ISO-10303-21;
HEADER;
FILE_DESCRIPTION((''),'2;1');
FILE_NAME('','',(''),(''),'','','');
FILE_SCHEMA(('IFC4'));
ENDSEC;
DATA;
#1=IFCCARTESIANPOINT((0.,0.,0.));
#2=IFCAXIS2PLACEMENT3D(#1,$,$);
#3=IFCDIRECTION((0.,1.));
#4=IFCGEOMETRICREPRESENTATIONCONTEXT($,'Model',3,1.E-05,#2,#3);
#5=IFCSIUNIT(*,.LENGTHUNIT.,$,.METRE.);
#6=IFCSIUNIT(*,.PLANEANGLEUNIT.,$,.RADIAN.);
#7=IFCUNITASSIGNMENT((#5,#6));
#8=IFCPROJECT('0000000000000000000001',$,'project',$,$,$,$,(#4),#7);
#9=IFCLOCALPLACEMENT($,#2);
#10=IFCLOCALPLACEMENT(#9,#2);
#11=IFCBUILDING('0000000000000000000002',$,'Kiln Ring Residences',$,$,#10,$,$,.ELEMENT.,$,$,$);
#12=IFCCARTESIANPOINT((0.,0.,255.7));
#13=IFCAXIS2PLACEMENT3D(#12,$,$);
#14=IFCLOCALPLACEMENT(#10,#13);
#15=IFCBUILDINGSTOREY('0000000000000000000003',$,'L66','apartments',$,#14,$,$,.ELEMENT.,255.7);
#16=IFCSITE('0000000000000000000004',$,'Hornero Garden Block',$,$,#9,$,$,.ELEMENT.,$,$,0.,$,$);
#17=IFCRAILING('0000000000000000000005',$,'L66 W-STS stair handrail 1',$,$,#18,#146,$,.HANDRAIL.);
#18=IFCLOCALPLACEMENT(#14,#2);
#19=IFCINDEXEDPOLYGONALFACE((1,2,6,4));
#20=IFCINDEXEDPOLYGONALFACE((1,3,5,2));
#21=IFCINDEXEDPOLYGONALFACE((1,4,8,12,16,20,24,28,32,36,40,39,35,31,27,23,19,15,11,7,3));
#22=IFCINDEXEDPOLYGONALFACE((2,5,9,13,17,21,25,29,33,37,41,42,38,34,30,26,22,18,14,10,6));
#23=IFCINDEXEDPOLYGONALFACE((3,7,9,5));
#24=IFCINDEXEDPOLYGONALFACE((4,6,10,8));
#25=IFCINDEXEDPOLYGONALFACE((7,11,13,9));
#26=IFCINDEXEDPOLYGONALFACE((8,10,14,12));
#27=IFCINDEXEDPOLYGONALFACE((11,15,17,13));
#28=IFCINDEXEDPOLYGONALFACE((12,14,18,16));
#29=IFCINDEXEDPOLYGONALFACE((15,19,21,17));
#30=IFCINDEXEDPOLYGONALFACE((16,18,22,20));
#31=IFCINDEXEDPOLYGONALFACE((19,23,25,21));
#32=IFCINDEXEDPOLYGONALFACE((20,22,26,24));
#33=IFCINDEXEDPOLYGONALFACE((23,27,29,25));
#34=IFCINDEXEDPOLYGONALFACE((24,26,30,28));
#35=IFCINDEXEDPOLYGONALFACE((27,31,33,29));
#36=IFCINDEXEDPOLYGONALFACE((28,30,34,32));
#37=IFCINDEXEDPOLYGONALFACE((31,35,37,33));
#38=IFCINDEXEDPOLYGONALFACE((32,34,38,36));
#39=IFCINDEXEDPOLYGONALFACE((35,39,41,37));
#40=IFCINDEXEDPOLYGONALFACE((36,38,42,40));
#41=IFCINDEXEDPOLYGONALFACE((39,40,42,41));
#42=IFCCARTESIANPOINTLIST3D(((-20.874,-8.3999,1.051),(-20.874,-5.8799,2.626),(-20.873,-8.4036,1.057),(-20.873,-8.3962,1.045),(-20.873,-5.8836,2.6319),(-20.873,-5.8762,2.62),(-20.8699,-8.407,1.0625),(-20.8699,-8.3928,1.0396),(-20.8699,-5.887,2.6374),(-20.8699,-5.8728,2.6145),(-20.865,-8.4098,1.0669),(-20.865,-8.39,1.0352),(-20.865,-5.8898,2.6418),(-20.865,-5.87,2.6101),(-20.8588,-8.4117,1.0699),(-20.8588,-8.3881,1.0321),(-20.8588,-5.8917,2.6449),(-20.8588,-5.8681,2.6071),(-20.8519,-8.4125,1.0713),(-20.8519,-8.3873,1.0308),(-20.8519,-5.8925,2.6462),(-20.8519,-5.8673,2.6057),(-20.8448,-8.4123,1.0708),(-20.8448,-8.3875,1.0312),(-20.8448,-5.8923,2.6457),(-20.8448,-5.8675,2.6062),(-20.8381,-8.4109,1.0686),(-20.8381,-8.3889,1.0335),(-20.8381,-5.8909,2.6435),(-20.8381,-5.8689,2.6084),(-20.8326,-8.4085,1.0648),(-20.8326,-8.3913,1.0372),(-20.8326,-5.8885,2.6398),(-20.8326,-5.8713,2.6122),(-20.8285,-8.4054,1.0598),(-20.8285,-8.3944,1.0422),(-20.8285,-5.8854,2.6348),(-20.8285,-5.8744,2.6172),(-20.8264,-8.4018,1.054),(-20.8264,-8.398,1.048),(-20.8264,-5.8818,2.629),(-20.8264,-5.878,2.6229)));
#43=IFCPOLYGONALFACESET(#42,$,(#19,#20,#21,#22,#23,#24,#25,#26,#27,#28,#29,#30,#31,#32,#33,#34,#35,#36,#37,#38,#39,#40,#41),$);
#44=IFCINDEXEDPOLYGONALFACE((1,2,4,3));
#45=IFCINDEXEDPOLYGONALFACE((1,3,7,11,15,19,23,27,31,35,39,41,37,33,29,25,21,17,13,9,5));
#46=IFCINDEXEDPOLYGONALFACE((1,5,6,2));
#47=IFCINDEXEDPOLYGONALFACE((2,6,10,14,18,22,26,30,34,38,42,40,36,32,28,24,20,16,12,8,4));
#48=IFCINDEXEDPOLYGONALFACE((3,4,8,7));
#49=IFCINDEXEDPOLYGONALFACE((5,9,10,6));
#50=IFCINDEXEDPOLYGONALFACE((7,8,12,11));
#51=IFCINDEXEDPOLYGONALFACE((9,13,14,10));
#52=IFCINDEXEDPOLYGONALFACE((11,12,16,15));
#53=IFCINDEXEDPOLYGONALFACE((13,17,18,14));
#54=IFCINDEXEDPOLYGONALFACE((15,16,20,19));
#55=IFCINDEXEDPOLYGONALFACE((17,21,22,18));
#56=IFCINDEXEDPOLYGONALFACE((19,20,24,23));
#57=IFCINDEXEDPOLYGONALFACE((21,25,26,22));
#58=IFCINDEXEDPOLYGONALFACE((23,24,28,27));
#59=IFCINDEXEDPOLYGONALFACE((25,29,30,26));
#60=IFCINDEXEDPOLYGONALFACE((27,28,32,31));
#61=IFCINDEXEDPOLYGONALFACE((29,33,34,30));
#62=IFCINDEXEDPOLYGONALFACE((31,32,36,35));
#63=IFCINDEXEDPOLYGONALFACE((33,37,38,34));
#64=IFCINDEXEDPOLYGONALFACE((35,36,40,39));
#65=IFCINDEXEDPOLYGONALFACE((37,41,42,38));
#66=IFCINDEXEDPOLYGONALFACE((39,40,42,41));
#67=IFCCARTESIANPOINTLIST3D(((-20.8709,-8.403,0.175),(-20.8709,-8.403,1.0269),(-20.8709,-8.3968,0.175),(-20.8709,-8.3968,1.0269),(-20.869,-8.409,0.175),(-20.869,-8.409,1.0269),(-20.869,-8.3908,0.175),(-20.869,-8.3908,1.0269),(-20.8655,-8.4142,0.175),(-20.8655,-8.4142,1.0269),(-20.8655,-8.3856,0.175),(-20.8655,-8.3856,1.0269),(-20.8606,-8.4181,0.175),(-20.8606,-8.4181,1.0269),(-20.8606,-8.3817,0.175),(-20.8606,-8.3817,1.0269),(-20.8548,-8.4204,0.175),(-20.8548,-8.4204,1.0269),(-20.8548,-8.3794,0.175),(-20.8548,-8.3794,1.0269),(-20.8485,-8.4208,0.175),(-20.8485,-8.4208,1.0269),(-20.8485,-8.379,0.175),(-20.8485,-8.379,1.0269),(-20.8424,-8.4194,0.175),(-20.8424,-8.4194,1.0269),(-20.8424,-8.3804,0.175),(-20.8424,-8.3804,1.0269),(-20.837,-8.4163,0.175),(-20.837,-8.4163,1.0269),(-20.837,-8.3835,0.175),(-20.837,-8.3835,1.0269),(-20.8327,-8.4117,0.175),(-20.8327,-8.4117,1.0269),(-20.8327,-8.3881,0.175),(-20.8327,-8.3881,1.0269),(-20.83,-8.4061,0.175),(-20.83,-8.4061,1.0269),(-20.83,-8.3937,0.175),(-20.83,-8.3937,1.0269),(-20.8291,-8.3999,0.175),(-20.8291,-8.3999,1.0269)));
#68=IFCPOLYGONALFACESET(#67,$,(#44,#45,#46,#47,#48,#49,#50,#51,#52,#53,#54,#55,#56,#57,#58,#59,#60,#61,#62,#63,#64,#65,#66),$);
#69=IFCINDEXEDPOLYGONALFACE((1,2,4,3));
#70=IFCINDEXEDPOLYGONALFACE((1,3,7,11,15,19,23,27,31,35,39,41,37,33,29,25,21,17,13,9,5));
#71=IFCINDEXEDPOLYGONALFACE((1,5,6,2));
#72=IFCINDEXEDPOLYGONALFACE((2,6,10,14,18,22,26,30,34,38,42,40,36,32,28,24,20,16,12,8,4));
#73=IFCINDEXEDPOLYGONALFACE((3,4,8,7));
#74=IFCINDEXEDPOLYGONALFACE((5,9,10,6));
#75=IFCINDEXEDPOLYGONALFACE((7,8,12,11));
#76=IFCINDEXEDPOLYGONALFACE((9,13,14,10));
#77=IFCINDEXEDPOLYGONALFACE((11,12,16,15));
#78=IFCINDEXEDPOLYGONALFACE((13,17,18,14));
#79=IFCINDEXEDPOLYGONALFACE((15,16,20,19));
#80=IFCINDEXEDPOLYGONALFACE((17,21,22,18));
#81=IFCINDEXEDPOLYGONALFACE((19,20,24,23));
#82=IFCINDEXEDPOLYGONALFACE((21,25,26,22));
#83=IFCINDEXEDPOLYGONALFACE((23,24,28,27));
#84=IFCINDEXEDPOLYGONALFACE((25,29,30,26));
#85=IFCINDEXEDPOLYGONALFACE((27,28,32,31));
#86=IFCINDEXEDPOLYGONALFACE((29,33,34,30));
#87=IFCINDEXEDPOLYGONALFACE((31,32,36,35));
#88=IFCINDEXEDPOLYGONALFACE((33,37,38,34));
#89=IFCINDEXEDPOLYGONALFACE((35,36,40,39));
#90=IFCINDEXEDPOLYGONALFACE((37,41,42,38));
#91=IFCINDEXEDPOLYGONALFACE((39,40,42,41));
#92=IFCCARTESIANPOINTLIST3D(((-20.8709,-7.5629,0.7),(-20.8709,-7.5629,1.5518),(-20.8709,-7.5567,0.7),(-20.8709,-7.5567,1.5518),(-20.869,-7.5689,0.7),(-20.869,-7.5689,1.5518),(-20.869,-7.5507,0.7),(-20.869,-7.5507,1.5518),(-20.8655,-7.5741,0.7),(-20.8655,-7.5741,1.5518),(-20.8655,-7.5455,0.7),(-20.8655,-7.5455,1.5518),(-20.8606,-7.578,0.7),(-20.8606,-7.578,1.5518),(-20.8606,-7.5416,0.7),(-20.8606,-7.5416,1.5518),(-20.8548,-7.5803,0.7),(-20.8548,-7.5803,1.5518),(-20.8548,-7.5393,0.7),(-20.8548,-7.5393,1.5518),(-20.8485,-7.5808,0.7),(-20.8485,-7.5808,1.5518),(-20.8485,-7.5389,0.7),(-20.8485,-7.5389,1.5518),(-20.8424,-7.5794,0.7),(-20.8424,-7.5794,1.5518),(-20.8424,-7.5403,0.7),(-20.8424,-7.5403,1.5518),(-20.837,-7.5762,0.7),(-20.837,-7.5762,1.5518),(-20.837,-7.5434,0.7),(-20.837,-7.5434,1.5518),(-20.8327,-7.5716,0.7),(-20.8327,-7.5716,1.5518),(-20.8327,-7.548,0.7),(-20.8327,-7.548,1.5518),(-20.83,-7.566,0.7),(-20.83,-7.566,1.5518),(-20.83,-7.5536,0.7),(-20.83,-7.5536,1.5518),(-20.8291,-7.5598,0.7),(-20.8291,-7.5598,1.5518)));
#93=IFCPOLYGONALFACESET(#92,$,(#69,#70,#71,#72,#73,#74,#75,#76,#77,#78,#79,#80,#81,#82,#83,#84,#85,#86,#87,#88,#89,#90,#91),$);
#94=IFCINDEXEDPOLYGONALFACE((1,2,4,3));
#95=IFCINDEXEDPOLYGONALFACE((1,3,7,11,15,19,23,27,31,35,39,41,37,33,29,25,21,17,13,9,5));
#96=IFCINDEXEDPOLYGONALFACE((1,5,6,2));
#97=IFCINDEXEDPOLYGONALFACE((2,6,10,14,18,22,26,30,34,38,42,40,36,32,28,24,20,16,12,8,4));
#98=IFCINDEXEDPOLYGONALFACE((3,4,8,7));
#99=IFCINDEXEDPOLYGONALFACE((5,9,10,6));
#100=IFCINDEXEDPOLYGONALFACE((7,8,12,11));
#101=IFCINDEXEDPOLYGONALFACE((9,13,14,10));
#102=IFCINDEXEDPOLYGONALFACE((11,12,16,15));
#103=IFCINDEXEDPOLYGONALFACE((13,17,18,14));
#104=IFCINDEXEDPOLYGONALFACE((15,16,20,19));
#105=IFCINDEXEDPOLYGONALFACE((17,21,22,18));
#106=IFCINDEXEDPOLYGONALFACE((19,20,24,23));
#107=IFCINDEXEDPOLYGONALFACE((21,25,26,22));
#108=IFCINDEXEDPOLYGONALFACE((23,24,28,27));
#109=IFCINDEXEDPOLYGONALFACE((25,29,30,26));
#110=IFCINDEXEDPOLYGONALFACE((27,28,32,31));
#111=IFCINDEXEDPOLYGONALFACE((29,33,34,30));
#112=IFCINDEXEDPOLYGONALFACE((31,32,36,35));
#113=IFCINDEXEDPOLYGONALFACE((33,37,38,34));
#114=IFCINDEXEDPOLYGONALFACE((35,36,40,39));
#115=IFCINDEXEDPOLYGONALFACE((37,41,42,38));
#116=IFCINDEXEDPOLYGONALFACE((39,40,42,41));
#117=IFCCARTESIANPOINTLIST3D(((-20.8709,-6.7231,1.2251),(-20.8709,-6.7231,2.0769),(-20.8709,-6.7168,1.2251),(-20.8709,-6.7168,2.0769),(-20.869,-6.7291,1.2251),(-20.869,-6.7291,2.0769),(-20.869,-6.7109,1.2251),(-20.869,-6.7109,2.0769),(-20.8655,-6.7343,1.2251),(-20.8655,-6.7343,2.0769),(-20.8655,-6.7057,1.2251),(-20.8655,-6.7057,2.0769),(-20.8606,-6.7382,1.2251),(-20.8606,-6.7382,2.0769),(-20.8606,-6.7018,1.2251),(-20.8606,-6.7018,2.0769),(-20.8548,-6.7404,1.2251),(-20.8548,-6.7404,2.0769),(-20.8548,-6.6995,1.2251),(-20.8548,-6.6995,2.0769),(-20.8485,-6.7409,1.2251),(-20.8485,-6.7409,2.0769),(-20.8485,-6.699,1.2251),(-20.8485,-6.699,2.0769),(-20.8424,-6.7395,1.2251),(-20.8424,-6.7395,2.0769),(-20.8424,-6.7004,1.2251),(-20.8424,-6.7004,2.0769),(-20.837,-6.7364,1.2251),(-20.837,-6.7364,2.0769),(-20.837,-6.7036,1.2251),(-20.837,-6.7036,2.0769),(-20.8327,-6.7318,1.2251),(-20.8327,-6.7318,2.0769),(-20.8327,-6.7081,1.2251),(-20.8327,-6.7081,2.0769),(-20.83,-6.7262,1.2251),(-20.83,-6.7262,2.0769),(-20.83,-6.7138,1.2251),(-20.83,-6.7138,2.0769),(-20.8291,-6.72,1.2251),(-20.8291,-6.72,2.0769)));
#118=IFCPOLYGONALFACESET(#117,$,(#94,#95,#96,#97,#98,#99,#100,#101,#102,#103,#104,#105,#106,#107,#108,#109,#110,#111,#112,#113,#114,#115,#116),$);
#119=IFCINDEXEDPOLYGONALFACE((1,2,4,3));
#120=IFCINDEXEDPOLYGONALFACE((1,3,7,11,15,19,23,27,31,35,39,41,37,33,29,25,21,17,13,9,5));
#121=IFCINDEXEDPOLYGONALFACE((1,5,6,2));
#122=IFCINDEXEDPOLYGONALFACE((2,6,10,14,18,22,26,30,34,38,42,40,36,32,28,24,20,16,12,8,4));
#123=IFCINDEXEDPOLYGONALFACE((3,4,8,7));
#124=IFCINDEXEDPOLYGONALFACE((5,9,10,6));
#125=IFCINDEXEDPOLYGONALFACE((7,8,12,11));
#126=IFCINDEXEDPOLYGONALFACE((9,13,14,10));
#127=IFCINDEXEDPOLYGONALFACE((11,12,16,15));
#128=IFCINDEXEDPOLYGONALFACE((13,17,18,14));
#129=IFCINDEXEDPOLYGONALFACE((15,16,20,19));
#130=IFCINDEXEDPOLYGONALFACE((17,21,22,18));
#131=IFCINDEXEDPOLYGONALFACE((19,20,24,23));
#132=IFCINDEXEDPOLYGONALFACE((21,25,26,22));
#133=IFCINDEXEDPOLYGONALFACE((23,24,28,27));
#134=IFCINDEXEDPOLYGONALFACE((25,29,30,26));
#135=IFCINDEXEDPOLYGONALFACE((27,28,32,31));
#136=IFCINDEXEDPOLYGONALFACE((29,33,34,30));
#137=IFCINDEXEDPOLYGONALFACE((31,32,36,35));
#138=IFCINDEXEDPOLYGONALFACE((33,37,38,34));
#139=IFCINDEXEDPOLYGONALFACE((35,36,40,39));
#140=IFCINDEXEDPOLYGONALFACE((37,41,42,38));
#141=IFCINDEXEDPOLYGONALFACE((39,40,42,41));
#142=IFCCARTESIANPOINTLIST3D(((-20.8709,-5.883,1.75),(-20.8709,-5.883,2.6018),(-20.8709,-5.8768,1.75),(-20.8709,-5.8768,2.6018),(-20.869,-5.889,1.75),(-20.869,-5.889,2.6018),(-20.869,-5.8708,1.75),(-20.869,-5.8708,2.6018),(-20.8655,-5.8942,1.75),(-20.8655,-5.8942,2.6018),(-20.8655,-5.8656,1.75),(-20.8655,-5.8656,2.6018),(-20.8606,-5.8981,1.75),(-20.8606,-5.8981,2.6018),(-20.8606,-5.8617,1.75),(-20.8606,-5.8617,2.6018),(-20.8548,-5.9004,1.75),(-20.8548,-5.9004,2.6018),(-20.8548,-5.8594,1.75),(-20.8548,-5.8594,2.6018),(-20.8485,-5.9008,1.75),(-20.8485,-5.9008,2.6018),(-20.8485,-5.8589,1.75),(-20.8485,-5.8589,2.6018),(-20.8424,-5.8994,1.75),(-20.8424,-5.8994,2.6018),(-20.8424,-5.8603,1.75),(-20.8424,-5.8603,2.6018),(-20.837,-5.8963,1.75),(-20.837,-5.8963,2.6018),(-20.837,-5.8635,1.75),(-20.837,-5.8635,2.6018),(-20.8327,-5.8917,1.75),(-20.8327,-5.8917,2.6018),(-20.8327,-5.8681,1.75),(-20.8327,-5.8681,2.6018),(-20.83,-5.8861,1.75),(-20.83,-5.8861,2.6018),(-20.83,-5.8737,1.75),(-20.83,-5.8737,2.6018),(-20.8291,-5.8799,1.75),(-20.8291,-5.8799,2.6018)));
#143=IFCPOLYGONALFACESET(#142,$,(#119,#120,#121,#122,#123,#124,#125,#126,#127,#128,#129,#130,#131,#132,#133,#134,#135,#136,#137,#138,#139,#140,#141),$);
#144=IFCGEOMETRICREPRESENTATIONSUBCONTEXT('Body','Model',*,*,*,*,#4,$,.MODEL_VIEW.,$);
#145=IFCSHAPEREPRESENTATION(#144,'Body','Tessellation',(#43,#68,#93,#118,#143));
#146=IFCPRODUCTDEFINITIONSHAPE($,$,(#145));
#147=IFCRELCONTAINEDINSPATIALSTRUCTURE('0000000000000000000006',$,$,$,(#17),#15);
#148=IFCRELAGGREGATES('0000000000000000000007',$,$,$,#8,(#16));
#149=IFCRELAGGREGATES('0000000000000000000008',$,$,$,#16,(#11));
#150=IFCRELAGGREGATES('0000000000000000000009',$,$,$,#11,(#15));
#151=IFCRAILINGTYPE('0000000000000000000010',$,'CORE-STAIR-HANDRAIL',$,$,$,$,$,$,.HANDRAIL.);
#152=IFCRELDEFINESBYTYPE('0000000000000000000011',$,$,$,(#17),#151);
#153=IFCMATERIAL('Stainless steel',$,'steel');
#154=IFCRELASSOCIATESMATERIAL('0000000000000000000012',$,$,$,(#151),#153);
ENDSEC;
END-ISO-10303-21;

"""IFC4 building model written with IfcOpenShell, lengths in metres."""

from ifc_helpers import new_model, si_unit, direction, frame, origin, origin_2d, place, context, subcontext, project, spatial, circle, extrude, material, type_object, element, save


model = new_model("IFC4")

# Units and contexts
model_context = context("Model", 3, precision=1e-05, world=origin(), true_north=direction((0.0, 1.0)))
body_context = subcontext(model_context, "Body", "Model", "MODEL_VIEW")
ifc_project = project(units=[si_unit("LENGTHUNIT", "METRE"), si_unit("PLANEANGLEUNIT", "RADIAN")], contexts=[model_context])

# Site, building, storey
site_placement = place(None, origin())
site = spatial("IfcSite", under=ifc_project, at=site_placement, Name="Hornero Garden Block", CompositionType="ELEMENT", RefElevation=0.0)
building_placement = place(site_placement, origin())
building = spatial("IfcBuilding", under=site, at=building_placement, Name="Kiln Ring Residences", CompositionType="ELEMENT")
storey_placement = place(building_placement, frame((0.0, 0.0, 255.7)))
storey = spatial("IfcBuildingStorey", under=building, at=storey_placement, Name="L66", Description="apartments", CompositionType="ELEMENT", Elevation=255.7)

# Railing
ifc_material_1 = material(Name="Stainless steel", Category="steel")
railing_type_1 = type_object("IfcRailingType", Name="CORE-STAIR-HANDRAIL", PredefinedType="HANDRAIL", material=ifc_material_1)
railing_1_placement = place(storey_placement, frame((-20.8501, -8.3999, 0.175)))
element("IfcRailing", 1, at=railing_1_placement, inside=storey, type_object=railing_type_1, Name="L66 W-STS stair handrail 1", PredefinedType="HANDRAIL", context=body_context, shape_type="SweptSolid", body=[
    extrude(circle(Radius=0.0239, at=origin_2d()), frame((0.0, 0.0, 0.876), z_axis=(0.0, 0.848008, 0.529984), x_axis=(-1.0, 0.0, 0.0)), (0.0, 0.0, 1.0), 2.9717),
    extrude(circle(Radius=0.021, at=origin_2d()), origin(), (0.0, 0.0, 1.0), 0.8518),
    extrude(circle(Radius=0.021, at=origin_2d()), frame((0.0, 0.8401, 0.5249)), (0.0, 0.0, 1.0), 0.8518),
    extrude(circle(Radius=0.021, at=origin_2d()), frame((0.0, 1.6799, 1.05)), (0.0, 0.0, 1.0), 0.8518),
    extrude(circle(Radius=0.021, at=origin_2d()), frame((0.0, 2.52, 1.575)), (0.0, 0.0, 1.0), 0.8518),
])

save(model, "model.ifc")
